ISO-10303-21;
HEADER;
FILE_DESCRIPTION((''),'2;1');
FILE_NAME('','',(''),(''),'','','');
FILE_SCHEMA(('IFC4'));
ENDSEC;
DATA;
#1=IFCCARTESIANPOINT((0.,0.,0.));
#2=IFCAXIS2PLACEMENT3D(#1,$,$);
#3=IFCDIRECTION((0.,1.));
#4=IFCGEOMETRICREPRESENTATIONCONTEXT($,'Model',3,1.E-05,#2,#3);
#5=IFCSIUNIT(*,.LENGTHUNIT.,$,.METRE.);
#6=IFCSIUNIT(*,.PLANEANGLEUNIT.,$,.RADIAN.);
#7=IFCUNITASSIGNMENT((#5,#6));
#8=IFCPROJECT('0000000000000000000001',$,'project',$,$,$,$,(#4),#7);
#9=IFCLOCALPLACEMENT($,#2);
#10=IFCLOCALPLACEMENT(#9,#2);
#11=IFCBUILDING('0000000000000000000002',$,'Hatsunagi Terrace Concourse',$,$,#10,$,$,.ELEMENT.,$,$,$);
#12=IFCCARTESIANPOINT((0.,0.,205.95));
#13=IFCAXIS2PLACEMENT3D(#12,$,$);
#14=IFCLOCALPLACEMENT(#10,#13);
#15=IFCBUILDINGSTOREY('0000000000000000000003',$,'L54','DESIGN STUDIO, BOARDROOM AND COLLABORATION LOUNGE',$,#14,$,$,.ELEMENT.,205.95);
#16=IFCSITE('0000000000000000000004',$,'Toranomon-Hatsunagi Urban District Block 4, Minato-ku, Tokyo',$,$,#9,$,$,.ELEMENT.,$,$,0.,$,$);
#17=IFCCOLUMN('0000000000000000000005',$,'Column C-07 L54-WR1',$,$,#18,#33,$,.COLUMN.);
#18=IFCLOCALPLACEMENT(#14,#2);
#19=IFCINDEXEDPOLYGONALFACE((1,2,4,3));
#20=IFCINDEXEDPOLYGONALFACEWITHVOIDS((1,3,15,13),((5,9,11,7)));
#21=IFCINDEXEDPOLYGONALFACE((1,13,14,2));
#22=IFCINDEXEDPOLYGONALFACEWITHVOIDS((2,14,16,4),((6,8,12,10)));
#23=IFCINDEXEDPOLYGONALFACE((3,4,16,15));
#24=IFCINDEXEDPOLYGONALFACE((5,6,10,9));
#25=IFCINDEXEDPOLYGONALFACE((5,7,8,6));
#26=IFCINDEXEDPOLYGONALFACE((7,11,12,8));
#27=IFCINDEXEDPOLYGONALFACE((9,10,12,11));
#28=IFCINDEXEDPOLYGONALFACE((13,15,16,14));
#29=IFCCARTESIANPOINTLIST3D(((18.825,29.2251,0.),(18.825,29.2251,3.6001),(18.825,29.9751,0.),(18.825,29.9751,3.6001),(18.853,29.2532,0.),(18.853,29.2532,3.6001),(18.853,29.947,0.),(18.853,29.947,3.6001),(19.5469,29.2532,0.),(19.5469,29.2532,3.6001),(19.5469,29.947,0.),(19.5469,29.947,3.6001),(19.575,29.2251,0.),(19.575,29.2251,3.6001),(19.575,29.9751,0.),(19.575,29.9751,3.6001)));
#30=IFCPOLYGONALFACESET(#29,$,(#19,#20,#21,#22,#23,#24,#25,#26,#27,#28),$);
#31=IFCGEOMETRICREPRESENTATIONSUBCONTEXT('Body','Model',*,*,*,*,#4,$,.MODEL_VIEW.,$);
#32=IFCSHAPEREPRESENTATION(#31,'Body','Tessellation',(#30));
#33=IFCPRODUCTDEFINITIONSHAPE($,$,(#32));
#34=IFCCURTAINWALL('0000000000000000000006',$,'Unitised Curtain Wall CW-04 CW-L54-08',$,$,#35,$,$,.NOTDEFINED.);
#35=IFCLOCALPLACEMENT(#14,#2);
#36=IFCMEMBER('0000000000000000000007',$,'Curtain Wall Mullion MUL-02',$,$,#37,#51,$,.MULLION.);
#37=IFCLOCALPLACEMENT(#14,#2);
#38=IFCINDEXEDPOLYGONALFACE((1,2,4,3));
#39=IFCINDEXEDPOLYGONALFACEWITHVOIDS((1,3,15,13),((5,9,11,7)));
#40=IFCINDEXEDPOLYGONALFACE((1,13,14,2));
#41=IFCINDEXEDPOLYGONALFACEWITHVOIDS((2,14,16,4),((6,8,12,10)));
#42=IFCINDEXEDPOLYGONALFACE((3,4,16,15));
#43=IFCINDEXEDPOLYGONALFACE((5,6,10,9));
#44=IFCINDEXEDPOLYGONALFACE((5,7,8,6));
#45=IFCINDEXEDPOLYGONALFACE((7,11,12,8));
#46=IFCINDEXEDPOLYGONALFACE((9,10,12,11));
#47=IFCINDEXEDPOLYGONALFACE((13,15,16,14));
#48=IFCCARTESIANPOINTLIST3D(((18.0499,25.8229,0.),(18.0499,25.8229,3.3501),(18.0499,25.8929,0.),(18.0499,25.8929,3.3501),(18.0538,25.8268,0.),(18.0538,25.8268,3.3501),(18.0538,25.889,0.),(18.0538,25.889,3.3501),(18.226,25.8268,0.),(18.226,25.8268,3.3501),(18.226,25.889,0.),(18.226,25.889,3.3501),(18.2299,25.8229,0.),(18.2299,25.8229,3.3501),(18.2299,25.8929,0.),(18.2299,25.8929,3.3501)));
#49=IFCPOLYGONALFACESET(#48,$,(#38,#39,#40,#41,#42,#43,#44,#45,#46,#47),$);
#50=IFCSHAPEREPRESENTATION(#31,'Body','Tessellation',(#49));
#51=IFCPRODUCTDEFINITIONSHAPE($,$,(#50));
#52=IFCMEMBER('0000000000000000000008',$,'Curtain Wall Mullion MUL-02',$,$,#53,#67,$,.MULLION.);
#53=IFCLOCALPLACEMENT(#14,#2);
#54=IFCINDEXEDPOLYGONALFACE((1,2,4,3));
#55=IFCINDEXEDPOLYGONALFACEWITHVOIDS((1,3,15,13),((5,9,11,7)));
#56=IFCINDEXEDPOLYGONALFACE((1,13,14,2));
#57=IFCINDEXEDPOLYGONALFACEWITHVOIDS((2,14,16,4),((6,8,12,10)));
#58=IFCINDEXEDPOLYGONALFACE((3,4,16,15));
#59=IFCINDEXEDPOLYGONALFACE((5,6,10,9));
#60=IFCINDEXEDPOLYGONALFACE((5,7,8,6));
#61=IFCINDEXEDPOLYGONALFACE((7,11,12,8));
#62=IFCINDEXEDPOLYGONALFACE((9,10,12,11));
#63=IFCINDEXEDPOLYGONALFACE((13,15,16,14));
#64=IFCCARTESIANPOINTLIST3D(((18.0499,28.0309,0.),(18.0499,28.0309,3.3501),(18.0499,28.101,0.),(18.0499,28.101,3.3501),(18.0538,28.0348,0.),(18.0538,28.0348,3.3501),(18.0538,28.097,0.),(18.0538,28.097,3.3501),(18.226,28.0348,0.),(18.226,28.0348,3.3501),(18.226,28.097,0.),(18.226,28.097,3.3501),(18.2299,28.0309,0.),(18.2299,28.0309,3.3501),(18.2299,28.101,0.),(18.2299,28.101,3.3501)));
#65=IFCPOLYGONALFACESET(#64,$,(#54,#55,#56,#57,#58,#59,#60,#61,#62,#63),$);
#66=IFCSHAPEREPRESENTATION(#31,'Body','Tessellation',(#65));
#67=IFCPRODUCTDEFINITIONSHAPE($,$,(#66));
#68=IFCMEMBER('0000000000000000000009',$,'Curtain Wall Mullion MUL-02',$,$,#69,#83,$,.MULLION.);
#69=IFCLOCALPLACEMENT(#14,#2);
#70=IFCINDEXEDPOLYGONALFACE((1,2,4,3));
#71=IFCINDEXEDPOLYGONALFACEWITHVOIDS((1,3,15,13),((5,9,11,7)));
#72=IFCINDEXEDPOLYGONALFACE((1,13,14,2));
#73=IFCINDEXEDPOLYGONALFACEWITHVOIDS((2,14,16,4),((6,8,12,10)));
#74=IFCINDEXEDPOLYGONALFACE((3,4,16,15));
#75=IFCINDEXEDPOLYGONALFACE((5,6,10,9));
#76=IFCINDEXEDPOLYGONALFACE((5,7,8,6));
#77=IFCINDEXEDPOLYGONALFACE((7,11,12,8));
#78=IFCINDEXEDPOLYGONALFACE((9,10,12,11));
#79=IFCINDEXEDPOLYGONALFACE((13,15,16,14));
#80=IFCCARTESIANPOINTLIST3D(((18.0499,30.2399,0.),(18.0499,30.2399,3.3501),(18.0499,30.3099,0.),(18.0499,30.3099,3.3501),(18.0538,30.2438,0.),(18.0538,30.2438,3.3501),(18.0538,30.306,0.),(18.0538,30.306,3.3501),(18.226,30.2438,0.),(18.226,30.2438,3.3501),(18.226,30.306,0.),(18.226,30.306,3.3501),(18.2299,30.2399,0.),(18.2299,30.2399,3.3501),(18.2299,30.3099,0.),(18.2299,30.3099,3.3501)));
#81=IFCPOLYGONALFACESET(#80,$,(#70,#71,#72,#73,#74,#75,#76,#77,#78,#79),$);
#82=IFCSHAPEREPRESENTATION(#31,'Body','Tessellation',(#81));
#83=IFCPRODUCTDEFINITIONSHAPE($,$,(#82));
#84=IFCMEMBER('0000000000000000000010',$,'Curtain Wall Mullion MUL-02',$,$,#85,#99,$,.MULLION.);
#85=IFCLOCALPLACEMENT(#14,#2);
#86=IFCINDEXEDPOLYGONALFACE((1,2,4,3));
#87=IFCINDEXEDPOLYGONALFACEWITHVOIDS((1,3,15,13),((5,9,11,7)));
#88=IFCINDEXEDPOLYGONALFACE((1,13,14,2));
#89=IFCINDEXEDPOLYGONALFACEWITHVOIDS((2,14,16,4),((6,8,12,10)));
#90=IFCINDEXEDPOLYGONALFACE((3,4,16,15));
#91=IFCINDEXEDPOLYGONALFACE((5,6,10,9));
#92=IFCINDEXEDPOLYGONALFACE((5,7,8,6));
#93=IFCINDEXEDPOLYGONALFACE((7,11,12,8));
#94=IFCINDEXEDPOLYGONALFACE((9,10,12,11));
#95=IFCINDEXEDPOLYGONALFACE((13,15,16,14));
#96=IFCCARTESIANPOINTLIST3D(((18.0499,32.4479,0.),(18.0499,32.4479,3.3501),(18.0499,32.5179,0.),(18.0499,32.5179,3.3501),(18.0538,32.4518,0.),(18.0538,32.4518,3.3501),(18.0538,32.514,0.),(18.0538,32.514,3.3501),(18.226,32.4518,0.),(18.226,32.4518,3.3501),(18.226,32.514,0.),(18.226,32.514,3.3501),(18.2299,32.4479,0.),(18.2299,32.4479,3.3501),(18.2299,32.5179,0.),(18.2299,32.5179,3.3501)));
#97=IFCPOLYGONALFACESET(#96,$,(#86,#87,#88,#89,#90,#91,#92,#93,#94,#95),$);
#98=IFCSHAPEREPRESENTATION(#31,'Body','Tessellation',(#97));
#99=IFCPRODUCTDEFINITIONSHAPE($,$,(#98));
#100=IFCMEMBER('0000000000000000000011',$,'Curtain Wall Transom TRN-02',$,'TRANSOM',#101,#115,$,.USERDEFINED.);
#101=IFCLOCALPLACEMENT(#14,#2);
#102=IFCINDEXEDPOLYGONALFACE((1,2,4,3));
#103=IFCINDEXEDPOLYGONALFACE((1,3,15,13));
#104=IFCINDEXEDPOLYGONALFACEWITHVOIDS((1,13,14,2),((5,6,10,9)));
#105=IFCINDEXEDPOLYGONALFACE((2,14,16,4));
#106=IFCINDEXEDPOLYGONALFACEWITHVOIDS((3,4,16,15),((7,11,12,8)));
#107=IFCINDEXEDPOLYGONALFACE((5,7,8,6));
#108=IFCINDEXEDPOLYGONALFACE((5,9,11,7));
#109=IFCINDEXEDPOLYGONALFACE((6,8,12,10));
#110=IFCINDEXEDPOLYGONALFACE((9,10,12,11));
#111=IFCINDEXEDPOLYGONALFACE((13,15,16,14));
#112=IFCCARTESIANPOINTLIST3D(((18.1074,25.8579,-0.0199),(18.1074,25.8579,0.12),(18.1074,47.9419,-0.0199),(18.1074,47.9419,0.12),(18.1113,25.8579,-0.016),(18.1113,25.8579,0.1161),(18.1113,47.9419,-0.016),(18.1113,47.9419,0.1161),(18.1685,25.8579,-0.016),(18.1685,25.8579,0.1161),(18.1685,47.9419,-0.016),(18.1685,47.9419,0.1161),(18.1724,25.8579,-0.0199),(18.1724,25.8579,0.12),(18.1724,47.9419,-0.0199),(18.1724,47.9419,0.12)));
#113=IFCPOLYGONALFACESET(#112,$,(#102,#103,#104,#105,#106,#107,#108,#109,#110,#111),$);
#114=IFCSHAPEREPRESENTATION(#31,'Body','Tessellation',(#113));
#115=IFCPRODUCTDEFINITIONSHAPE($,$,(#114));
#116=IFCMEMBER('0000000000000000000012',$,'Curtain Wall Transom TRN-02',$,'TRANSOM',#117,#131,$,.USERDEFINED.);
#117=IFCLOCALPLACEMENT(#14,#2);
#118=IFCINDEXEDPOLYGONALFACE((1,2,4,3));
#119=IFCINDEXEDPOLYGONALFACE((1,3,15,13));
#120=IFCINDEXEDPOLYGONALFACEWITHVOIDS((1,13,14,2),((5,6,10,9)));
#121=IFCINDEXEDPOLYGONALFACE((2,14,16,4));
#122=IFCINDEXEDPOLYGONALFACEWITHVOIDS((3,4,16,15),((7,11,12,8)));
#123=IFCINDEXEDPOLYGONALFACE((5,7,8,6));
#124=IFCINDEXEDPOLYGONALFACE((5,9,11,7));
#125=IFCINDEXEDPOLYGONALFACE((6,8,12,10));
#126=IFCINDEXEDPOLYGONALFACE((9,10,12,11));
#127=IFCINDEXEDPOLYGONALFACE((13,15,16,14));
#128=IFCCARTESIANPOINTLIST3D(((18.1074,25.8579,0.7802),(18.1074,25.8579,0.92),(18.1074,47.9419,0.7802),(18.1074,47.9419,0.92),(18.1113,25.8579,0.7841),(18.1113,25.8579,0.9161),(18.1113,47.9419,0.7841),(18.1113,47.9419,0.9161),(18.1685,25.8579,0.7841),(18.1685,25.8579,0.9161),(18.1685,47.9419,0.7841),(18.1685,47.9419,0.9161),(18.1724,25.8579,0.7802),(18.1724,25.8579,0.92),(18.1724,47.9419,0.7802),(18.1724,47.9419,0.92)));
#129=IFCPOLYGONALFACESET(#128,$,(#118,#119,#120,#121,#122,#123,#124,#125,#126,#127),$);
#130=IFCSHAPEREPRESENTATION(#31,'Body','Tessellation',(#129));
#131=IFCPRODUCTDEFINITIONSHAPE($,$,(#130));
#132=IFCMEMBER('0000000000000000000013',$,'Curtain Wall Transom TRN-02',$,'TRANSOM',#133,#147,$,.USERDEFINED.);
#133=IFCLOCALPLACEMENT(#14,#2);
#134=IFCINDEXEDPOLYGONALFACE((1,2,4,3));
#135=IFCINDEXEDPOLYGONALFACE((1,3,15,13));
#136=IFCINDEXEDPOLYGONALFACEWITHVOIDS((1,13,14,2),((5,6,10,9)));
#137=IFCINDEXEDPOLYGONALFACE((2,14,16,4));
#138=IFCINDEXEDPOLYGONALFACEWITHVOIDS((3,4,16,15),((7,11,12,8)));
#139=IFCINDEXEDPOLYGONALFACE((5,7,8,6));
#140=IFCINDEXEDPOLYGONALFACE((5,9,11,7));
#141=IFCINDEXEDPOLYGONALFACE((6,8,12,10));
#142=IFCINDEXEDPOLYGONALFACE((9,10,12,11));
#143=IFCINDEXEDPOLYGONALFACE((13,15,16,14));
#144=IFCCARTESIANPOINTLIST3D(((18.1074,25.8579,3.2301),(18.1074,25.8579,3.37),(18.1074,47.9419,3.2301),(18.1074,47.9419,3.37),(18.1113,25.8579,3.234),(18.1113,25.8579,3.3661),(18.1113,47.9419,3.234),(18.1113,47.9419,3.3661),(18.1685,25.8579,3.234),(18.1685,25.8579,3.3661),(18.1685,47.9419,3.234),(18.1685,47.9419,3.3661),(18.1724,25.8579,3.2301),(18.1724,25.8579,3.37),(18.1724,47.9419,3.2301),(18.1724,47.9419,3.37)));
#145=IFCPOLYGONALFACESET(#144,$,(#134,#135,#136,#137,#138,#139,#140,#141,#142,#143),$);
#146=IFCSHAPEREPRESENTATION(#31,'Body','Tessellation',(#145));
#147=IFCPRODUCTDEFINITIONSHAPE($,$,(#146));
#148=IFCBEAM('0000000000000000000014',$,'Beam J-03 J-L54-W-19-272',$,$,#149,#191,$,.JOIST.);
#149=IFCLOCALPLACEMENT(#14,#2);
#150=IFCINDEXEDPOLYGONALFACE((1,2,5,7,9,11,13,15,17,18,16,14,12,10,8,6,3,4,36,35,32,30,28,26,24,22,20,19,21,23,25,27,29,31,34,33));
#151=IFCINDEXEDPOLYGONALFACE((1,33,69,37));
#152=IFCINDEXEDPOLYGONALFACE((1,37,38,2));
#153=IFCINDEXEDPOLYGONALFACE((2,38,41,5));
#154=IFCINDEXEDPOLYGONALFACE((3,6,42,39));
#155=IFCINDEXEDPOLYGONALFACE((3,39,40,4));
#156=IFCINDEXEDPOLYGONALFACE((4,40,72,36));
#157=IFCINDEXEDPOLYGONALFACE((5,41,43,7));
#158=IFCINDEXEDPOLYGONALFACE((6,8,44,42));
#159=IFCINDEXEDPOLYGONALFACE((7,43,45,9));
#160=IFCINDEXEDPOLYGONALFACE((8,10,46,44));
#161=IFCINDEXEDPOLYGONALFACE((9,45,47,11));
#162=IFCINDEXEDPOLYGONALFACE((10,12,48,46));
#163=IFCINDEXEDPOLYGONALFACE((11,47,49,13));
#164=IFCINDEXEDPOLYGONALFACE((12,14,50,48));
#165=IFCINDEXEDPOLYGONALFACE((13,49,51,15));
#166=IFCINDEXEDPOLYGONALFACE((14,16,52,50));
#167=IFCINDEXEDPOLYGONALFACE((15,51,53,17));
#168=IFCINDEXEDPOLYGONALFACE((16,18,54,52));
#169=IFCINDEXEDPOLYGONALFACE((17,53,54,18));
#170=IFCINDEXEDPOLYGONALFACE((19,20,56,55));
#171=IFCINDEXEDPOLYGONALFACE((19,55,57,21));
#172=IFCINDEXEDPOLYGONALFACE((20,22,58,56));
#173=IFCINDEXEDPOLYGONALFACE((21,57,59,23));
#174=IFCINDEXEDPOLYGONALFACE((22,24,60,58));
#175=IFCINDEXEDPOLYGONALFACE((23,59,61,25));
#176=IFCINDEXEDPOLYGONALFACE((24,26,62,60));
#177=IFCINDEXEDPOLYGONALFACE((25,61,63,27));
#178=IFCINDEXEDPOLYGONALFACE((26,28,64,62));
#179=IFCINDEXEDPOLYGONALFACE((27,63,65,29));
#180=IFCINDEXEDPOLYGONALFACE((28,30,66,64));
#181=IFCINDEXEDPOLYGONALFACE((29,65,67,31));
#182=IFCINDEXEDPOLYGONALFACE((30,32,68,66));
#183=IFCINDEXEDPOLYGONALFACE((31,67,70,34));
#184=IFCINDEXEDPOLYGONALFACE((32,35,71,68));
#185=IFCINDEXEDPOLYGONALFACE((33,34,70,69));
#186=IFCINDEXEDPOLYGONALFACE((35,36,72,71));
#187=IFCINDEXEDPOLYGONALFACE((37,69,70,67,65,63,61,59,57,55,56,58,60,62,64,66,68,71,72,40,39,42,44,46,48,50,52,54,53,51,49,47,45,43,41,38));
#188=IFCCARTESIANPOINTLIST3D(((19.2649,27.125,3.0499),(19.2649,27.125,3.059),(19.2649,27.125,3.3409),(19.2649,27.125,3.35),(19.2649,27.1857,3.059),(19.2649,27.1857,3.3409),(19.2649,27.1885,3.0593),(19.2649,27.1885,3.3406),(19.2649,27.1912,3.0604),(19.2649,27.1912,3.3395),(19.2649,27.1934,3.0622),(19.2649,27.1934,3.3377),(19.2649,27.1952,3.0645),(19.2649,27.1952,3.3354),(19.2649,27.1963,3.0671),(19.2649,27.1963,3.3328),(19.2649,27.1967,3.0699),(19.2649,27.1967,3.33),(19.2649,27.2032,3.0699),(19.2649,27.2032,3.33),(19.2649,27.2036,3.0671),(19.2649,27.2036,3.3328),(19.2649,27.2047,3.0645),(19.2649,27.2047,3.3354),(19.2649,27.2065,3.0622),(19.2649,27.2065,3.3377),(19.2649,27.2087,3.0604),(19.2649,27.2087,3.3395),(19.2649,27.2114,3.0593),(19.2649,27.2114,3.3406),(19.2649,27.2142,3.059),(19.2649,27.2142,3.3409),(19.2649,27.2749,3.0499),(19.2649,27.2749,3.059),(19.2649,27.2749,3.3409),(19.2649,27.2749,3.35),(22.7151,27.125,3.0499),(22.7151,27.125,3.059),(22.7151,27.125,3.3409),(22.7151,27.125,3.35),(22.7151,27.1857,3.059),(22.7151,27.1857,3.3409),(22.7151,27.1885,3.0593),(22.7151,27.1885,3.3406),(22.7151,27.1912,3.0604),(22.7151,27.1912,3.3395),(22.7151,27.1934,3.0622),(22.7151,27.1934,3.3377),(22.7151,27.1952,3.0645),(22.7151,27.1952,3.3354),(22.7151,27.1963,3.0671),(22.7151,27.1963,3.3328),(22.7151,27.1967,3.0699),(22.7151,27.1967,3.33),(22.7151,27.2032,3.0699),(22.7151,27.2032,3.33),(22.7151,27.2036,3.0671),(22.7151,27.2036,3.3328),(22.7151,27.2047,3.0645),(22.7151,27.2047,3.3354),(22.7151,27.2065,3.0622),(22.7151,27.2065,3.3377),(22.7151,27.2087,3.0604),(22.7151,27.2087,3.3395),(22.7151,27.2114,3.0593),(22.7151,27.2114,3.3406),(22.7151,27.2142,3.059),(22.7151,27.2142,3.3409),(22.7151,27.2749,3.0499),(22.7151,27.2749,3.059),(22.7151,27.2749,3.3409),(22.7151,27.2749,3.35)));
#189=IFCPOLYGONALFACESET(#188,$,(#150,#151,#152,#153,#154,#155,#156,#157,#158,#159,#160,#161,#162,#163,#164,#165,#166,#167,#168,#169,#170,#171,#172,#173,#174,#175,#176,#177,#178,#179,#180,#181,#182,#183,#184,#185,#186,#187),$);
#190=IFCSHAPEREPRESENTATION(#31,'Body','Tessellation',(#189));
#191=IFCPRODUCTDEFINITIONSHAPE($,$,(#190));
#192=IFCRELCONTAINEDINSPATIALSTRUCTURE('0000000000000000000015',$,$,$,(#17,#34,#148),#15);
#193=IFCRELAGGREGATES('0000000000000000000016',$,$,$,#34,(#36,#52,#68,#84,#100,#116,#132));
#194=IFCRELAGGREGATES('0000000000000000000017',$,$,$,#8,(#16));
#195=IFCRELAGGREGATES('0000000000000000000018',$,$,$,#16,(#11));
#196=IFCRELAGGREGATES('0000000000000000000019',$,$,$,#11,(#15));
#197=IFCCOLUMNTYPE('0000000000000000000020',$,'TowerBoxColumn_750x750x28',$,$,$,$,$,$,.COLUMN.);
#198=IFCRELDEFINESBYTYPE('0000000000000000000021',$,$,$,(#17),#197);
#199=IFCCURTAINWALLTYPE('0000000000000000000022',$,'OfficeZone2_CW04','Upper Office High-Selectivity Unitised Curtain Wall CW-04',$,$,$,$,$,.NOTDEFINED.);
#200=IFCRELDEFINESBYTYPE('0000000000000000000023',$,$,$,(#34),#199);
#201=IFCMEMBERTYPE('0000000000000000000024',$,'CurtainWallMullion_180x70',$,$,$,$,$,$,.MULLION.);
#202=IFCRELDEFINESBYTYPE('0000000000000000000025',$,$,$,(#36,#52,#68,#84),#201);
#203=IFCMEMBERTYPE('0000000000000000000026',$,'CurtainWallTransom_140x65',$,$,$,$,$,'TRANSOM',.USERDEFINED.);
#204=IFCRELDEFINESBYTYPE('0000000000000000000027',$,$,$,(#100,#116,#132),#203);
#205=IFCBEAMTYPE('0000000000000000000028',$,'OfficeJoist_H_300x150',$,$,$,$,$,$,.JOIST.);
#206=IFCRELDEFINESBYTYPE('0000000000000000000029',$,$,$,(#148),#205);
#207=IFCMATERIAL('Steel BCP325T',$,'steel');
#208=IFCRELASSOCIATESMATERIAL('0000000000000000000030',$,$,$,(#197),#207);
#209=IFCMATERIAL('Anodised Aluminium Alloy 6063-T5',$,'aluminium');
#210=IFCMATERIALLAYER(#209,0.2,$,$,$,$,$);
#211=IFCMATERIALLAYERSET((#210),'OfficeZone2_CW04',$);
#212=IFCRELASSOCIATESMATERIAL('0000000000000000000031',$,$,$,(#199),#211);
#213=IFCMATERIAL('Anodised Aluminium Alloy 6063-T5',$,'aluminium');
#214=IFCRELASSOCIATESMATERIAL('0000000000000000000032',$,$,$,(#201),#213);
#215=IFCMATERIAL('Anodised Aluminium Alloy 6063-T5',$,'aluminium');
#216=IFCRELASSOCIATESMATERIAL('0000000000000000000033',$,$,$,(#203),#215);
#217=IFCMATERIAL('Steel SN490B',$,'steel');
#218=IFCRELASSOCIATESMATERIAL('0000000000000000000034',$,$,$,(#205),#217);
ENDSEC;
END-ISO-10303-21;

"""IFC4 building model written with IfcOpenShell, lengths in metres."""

from ifc_helpers import new_model, si_unit, direction, frame, origin, origin_2d, place, context, subcontext, project, spatial, hollow_rectangle, i_section, extrude, material, layer, layer_set, material_profile, profile_set, type_object, element, aggregate, save


model = new_model("IFC4")

# Units and contexts
model_context = context("Model", 3, precision=1e-05, world=origin(), true_north=direction((0.0, 1.0)))
body_context = subcontext(model_context, "Body", "Model", "MODEL_VIEW")
ifc_project = project(units=[si_unit("LENGTHUNIT", "METRE"), si_unit("PLANEANGLEUNIT", "RADIAN")], contexts=[model_context])

# Site, building, storey
site_placement = place(None, origin())
site = spatial("IfcSite", under=ifc_project, at=site_placement, Name="Toranomon-Hatsunagi Urban District Block 4, Minato-ku, Tokyo", CompositionType="ELEMENT", RefElevation=0.0)
building_placement = place(site_placement, origin())
building = spatial("IfcBuilding", under=site, at=building_placement, Name="Hatsunagi Terrace Concourse", CompositionType="ELEMENT")
storey_placement = place(building_placement, frame((0.0, 0.0, 205.95)))
storey = spatial("IfcBuildingStorey", under=building, at=storey_placement, Name="L54", Description="DESIGN STUDIO, BOARDROOM AND COLLABORATION LOUNGE", CompositionType="ELEMENT", Elevation=205.95)

# Column
ifc_material_1 = material(Name="Steel BCP325T", Category="steel")
ifc_material_profile_1 = material_profile(ifc_material_1, hollow_rectangle(XDim=0.75, YDim=0.75, WallThickness=0.0281, at=origin_2d()), Name="BCP-750x750x28")
ifc_profile_set_1 = profile_set([ifc_material_profile_1], Name="Steel BCP325T")
column_type = type_object("IfcColumnType", Name="TowerBoxColumn_750x750x28", PredefinedType="COLUMN", material=ifc_profile_set_1)
column_placement = place(storey_placement, frame((19.2, 29.6001, 0.0), z_axis=(0.0, 0.0, 1.0), x_axis=(1.0, 0.0, 0.0)))
element("IfcColumn", 1, at=column_placement, inside=storey, type_object=column_type, Name="Column C-07 L54-WR1", PredefinedType="COLUMN", context=body_context, shape_type="SweptSolid", body=[
    extrude(hollow_rectangle(XDim=0.75, YDim=0.75, WallThickness=0.0281, at=origin_2d()), origin(), (0.0, 0.0, 1.0), 3.6001),
])

# Curtain wall, members
ifc_material_2 = material(Name="Anodised Aluminium Alloy 6063-T5", Category="aluminium")
ifc_layer_1 = layer(ifc_material_2, 0.2)
ifc_layer_set_1 = layer_set([ifc_layer_1], Name="OfficeZone2_CW04")
curtain_wall_type = type_object("IfcCurtainWallType", Name="OfficeZone2_CW04", Description="Upper Office High-Selectivity Unitised Curtain Wall CW-04", PredefinedType="NOTDEFINED", material=ifc_layer_set_1)
curtain_wall_placement = place(storey_placement, origin())
curtain_wall = element("IfcCurtainWall", 2, at=curtain_wall_placement, inside=storey, type_object=curtain_wall_type, Name="Unitised Curtain Wall CW-04 CW-L54-08", PredefinedType="NOTDEFINED")
ifc_material_3 = material(Name="Anodised Aluminium Alloy 6063-T5", Category="aluminium")
ifc_material_profile_2 = material_profile(ifc_material_3, hollow_rectangle(XDim=0.0701, YDim=0.1799, WallThickness=0.0039, at=origin_2d()), Name="ALU-MUL-180x70x4")
ifc_profile_set_2 = profile_set([ifc_material_profile_2], Name="Anodised Aluminium Alloy 6063-T5")
member_type_1 = type_object("IfcMemberType", Name="CurtainWallMullion_180x70", PredefinedType="MULLION", material=ifc_profile_set_2)
member_1_placement = place(storey_placement, frame((18.1399, 25.8579, 0.0), z_axis=(0.0, 0.0, 1.0), x_axis=(0.0, 1.0, 0.0)))
member_1 = element("IfcMember", 3, at=member_1_placement, type_object=member_type_1, Name="Curtain Wall Mullion MUL-02", PredefinedType="MULLION", context=body_context, shape_type="SweptSolid", body=[
    extrude(hollow_rectangle(XDim=0.0701, YDim=0.1799, WallThickness=0.0039, at=origin_2d()), origin(), (0.0, 0.0, 1.0), 3.3501),
])
member_2_placement = place(storey_placement, frame((18.1399, 28.0659, 0.0), z_axis=(0.0, 0.0, 1.0), x_axis=(0.0, 1.0, 0.0)))
member_2 = element("IfcMember", 4, at=member_2_placement, type_object=member_type_1, Name="Curtain Wall Mullion MUL-02", PredefinedType="MULLION", context=body_context, shape_type="SweptSolid", body=[
    extrude(hollow_rectangle(XDim=0.0701, YDim=0.1799, WallThickness=0.0039, at=origin_2d()), origin(), (0.0, 0.0, 1.0), 3.3501),
])
member_3_placement = place(storey_placement, frame((18.1399, 30.2749, 0.0), z_axis=(0.0, 0.0, 1.0), x_axis=(0.0, 1.0, 0.0)))
member_3 = element("IfcMember", 5, at=member_3_placement, type_object=member_type_1, Name="Curtain Wall Mullion MUL-02", PredefinedType="MULLION", context=body_context, shape_type="SweptSolid", body=[
    extrude(hollow_rectangle(XDim=0.0701, YDim=0.1799, WallThickness=0.0039, at=origin_2d()), origin(), (0.0, 0.0, 1.0), 3.3501),
])
member_4_placement = place(storey_placement, frame((18.1399, 32.4829, 0.0), z_axis=(0.0, 0.0, 1.0), x_axis=(0.0, 1.0, 0.0)))
member_4 = element("IfcMember", 6, at=member_4_placement, type_object=member_type_1, Name="Curtain Wall Mullion MUL-02", PredefinedType="MULLION", context=body_context, shape_type="SweptSolid", body=[
    extrude(hollow_rectangle(XDim=0.0701, YDim=0.1799, WallThickness=0.0039, at=origin_2d()), origin(), (0.0, 0.0, 1.0), 3.3501),
])
ifc_material_4 = material(Name="Anodised Aluminium Alloy 6063-T5", Category="aluminium")
ifc_material_profile_3 = material_profile(ifc_material_4, hollow_rectangle(XDim=0.0649, YDim=0.1399, WallThickness=0.0039, at=origin_2d()), Name="ALU-TRN-140x65x4")
ifc_profile_set_3 = profile_set([ifc_material_profile_3], Name="Anodised Aluminium Alloy 6063-T5")
member_type_2 = type_object("IfcMemberType", Name="CurtainWallTransom_140x65", ElementType="TRANSOM", PredefinedType="USERDEFINED", material=ifc_profile_set_3)
member_5_placement = place(storey_placement, frame((18.1399, 25.8579, 0.05), z_axis=(0.0, 1.0, 0.0), x_axis=(-1.0, 0.0, 0.0)))
member_5 = element("IfcMember", 7, at=member_5_placement, type_object=member_type_2, Name="Curtain Wall Transom TRN-02", ObjectType="TRANSOM", PredefinedType="USERDEFINED", context=body_context, shape_type="SweptSolid", body=[
    extrude(hollow_rectangle(XDim=0.0649, YDim=0.1399, WallThickness=0.0039, at=origin_2d()), origin(), (0.0, 0.0, 1.0), 22.084),
])
member_6_placement = place(storey_placement, frame((18.1399, 25.8579, 0.8501), z_axis=(0.0, 1.0, 0.0), x_axis=(-1.0, 0.0, 0.0)))
member_6 = element("IfcMember", 8, at=member_6_placement, type_object=member_type_2, Name="Curtain Wall Transom TRN-02", ObjectType="TRANSOM", PredefinedType="USERDEFINED", context=body_context, shape_type="SweptSolid", body=[
    extrude(hollow_rectangle(XDim=0.0649, YDim=0.1399, WallThickness=0.0039, at=origin_2d()), origin(), (0.0, 0.0, 1.0), 22.084),
])
member_7_placement = place(storey_placement, frame((18.1399, 25.8579, 3.3), z_axis=(0.0, 1.0, 0.0), x_axis=(-1.0, 0.0, 0.0)))
member_7 = element("IfcMember", 9, at=member_7_placement, type_object=member_type_2, Name="Curtain Wall Transom TRN-02", ObjectType="TRANSOM", PredefinedType="USERDEFINED", context=body_context, shape_type="SweptSolid", body=[
    extrude(hollow_rectangle(XDim=0.0649, YDim=0.1399, WallThickness=0.0039, at=origin_2d()), origin(), (0.0, 0.0, 1.0), 22.084),
])

# Beam
ifc_material_5 = material(Name="Steel SN490B", Category="steel")
ifc_material_profile_4 = material_profile(ifc_material_5, i_section(OverallWidth=0.1499, OverallDepth=0.3, WebThickness=0.0066, FlangeThickness=0.009, FilletRadius=0.011, at=origin_2d()), Name="H-300x150x6.5x9")
ifc_profile_set_4 = profile_set([ifc_material_profile_4], Name="Steel SN490B")
beam_type_1 = type_object("IfcBeamType", Name="OfficeJoist_H_300x150", PredefinedType="JOIST", material=ifc_profile_set_4)
beam_1_placement = place(storey_placement, frame((19.2649, 27.2, 3.2), z_axis=(1.0, 0.0, 0.0), x_axis=(0.0, 1.0, 0.0)))
element("IfcBeam", 10, at=beam_1_placement, inside=storey, type_object=beam_type_1, Name="Beam J-03 J-L54-W-19-272", PredefinedType="JOIST", context=body_context, shape_type="SweptSolid", body=[
    extrude(i_section(OverallWidth=0.1499, OverallDepth=0.3, WebThickness=0.0066, FlangeThickness=0.009, FilletRadius=0.011, at=origin_2d()), origin(), (0.0, 0.0, 1.0), 3.4502),
])

aggregate(curtain_wall, [member_1, member_2, member_3, member_4, member_5, member_6, member_7])

save(model, "model.ifc")
